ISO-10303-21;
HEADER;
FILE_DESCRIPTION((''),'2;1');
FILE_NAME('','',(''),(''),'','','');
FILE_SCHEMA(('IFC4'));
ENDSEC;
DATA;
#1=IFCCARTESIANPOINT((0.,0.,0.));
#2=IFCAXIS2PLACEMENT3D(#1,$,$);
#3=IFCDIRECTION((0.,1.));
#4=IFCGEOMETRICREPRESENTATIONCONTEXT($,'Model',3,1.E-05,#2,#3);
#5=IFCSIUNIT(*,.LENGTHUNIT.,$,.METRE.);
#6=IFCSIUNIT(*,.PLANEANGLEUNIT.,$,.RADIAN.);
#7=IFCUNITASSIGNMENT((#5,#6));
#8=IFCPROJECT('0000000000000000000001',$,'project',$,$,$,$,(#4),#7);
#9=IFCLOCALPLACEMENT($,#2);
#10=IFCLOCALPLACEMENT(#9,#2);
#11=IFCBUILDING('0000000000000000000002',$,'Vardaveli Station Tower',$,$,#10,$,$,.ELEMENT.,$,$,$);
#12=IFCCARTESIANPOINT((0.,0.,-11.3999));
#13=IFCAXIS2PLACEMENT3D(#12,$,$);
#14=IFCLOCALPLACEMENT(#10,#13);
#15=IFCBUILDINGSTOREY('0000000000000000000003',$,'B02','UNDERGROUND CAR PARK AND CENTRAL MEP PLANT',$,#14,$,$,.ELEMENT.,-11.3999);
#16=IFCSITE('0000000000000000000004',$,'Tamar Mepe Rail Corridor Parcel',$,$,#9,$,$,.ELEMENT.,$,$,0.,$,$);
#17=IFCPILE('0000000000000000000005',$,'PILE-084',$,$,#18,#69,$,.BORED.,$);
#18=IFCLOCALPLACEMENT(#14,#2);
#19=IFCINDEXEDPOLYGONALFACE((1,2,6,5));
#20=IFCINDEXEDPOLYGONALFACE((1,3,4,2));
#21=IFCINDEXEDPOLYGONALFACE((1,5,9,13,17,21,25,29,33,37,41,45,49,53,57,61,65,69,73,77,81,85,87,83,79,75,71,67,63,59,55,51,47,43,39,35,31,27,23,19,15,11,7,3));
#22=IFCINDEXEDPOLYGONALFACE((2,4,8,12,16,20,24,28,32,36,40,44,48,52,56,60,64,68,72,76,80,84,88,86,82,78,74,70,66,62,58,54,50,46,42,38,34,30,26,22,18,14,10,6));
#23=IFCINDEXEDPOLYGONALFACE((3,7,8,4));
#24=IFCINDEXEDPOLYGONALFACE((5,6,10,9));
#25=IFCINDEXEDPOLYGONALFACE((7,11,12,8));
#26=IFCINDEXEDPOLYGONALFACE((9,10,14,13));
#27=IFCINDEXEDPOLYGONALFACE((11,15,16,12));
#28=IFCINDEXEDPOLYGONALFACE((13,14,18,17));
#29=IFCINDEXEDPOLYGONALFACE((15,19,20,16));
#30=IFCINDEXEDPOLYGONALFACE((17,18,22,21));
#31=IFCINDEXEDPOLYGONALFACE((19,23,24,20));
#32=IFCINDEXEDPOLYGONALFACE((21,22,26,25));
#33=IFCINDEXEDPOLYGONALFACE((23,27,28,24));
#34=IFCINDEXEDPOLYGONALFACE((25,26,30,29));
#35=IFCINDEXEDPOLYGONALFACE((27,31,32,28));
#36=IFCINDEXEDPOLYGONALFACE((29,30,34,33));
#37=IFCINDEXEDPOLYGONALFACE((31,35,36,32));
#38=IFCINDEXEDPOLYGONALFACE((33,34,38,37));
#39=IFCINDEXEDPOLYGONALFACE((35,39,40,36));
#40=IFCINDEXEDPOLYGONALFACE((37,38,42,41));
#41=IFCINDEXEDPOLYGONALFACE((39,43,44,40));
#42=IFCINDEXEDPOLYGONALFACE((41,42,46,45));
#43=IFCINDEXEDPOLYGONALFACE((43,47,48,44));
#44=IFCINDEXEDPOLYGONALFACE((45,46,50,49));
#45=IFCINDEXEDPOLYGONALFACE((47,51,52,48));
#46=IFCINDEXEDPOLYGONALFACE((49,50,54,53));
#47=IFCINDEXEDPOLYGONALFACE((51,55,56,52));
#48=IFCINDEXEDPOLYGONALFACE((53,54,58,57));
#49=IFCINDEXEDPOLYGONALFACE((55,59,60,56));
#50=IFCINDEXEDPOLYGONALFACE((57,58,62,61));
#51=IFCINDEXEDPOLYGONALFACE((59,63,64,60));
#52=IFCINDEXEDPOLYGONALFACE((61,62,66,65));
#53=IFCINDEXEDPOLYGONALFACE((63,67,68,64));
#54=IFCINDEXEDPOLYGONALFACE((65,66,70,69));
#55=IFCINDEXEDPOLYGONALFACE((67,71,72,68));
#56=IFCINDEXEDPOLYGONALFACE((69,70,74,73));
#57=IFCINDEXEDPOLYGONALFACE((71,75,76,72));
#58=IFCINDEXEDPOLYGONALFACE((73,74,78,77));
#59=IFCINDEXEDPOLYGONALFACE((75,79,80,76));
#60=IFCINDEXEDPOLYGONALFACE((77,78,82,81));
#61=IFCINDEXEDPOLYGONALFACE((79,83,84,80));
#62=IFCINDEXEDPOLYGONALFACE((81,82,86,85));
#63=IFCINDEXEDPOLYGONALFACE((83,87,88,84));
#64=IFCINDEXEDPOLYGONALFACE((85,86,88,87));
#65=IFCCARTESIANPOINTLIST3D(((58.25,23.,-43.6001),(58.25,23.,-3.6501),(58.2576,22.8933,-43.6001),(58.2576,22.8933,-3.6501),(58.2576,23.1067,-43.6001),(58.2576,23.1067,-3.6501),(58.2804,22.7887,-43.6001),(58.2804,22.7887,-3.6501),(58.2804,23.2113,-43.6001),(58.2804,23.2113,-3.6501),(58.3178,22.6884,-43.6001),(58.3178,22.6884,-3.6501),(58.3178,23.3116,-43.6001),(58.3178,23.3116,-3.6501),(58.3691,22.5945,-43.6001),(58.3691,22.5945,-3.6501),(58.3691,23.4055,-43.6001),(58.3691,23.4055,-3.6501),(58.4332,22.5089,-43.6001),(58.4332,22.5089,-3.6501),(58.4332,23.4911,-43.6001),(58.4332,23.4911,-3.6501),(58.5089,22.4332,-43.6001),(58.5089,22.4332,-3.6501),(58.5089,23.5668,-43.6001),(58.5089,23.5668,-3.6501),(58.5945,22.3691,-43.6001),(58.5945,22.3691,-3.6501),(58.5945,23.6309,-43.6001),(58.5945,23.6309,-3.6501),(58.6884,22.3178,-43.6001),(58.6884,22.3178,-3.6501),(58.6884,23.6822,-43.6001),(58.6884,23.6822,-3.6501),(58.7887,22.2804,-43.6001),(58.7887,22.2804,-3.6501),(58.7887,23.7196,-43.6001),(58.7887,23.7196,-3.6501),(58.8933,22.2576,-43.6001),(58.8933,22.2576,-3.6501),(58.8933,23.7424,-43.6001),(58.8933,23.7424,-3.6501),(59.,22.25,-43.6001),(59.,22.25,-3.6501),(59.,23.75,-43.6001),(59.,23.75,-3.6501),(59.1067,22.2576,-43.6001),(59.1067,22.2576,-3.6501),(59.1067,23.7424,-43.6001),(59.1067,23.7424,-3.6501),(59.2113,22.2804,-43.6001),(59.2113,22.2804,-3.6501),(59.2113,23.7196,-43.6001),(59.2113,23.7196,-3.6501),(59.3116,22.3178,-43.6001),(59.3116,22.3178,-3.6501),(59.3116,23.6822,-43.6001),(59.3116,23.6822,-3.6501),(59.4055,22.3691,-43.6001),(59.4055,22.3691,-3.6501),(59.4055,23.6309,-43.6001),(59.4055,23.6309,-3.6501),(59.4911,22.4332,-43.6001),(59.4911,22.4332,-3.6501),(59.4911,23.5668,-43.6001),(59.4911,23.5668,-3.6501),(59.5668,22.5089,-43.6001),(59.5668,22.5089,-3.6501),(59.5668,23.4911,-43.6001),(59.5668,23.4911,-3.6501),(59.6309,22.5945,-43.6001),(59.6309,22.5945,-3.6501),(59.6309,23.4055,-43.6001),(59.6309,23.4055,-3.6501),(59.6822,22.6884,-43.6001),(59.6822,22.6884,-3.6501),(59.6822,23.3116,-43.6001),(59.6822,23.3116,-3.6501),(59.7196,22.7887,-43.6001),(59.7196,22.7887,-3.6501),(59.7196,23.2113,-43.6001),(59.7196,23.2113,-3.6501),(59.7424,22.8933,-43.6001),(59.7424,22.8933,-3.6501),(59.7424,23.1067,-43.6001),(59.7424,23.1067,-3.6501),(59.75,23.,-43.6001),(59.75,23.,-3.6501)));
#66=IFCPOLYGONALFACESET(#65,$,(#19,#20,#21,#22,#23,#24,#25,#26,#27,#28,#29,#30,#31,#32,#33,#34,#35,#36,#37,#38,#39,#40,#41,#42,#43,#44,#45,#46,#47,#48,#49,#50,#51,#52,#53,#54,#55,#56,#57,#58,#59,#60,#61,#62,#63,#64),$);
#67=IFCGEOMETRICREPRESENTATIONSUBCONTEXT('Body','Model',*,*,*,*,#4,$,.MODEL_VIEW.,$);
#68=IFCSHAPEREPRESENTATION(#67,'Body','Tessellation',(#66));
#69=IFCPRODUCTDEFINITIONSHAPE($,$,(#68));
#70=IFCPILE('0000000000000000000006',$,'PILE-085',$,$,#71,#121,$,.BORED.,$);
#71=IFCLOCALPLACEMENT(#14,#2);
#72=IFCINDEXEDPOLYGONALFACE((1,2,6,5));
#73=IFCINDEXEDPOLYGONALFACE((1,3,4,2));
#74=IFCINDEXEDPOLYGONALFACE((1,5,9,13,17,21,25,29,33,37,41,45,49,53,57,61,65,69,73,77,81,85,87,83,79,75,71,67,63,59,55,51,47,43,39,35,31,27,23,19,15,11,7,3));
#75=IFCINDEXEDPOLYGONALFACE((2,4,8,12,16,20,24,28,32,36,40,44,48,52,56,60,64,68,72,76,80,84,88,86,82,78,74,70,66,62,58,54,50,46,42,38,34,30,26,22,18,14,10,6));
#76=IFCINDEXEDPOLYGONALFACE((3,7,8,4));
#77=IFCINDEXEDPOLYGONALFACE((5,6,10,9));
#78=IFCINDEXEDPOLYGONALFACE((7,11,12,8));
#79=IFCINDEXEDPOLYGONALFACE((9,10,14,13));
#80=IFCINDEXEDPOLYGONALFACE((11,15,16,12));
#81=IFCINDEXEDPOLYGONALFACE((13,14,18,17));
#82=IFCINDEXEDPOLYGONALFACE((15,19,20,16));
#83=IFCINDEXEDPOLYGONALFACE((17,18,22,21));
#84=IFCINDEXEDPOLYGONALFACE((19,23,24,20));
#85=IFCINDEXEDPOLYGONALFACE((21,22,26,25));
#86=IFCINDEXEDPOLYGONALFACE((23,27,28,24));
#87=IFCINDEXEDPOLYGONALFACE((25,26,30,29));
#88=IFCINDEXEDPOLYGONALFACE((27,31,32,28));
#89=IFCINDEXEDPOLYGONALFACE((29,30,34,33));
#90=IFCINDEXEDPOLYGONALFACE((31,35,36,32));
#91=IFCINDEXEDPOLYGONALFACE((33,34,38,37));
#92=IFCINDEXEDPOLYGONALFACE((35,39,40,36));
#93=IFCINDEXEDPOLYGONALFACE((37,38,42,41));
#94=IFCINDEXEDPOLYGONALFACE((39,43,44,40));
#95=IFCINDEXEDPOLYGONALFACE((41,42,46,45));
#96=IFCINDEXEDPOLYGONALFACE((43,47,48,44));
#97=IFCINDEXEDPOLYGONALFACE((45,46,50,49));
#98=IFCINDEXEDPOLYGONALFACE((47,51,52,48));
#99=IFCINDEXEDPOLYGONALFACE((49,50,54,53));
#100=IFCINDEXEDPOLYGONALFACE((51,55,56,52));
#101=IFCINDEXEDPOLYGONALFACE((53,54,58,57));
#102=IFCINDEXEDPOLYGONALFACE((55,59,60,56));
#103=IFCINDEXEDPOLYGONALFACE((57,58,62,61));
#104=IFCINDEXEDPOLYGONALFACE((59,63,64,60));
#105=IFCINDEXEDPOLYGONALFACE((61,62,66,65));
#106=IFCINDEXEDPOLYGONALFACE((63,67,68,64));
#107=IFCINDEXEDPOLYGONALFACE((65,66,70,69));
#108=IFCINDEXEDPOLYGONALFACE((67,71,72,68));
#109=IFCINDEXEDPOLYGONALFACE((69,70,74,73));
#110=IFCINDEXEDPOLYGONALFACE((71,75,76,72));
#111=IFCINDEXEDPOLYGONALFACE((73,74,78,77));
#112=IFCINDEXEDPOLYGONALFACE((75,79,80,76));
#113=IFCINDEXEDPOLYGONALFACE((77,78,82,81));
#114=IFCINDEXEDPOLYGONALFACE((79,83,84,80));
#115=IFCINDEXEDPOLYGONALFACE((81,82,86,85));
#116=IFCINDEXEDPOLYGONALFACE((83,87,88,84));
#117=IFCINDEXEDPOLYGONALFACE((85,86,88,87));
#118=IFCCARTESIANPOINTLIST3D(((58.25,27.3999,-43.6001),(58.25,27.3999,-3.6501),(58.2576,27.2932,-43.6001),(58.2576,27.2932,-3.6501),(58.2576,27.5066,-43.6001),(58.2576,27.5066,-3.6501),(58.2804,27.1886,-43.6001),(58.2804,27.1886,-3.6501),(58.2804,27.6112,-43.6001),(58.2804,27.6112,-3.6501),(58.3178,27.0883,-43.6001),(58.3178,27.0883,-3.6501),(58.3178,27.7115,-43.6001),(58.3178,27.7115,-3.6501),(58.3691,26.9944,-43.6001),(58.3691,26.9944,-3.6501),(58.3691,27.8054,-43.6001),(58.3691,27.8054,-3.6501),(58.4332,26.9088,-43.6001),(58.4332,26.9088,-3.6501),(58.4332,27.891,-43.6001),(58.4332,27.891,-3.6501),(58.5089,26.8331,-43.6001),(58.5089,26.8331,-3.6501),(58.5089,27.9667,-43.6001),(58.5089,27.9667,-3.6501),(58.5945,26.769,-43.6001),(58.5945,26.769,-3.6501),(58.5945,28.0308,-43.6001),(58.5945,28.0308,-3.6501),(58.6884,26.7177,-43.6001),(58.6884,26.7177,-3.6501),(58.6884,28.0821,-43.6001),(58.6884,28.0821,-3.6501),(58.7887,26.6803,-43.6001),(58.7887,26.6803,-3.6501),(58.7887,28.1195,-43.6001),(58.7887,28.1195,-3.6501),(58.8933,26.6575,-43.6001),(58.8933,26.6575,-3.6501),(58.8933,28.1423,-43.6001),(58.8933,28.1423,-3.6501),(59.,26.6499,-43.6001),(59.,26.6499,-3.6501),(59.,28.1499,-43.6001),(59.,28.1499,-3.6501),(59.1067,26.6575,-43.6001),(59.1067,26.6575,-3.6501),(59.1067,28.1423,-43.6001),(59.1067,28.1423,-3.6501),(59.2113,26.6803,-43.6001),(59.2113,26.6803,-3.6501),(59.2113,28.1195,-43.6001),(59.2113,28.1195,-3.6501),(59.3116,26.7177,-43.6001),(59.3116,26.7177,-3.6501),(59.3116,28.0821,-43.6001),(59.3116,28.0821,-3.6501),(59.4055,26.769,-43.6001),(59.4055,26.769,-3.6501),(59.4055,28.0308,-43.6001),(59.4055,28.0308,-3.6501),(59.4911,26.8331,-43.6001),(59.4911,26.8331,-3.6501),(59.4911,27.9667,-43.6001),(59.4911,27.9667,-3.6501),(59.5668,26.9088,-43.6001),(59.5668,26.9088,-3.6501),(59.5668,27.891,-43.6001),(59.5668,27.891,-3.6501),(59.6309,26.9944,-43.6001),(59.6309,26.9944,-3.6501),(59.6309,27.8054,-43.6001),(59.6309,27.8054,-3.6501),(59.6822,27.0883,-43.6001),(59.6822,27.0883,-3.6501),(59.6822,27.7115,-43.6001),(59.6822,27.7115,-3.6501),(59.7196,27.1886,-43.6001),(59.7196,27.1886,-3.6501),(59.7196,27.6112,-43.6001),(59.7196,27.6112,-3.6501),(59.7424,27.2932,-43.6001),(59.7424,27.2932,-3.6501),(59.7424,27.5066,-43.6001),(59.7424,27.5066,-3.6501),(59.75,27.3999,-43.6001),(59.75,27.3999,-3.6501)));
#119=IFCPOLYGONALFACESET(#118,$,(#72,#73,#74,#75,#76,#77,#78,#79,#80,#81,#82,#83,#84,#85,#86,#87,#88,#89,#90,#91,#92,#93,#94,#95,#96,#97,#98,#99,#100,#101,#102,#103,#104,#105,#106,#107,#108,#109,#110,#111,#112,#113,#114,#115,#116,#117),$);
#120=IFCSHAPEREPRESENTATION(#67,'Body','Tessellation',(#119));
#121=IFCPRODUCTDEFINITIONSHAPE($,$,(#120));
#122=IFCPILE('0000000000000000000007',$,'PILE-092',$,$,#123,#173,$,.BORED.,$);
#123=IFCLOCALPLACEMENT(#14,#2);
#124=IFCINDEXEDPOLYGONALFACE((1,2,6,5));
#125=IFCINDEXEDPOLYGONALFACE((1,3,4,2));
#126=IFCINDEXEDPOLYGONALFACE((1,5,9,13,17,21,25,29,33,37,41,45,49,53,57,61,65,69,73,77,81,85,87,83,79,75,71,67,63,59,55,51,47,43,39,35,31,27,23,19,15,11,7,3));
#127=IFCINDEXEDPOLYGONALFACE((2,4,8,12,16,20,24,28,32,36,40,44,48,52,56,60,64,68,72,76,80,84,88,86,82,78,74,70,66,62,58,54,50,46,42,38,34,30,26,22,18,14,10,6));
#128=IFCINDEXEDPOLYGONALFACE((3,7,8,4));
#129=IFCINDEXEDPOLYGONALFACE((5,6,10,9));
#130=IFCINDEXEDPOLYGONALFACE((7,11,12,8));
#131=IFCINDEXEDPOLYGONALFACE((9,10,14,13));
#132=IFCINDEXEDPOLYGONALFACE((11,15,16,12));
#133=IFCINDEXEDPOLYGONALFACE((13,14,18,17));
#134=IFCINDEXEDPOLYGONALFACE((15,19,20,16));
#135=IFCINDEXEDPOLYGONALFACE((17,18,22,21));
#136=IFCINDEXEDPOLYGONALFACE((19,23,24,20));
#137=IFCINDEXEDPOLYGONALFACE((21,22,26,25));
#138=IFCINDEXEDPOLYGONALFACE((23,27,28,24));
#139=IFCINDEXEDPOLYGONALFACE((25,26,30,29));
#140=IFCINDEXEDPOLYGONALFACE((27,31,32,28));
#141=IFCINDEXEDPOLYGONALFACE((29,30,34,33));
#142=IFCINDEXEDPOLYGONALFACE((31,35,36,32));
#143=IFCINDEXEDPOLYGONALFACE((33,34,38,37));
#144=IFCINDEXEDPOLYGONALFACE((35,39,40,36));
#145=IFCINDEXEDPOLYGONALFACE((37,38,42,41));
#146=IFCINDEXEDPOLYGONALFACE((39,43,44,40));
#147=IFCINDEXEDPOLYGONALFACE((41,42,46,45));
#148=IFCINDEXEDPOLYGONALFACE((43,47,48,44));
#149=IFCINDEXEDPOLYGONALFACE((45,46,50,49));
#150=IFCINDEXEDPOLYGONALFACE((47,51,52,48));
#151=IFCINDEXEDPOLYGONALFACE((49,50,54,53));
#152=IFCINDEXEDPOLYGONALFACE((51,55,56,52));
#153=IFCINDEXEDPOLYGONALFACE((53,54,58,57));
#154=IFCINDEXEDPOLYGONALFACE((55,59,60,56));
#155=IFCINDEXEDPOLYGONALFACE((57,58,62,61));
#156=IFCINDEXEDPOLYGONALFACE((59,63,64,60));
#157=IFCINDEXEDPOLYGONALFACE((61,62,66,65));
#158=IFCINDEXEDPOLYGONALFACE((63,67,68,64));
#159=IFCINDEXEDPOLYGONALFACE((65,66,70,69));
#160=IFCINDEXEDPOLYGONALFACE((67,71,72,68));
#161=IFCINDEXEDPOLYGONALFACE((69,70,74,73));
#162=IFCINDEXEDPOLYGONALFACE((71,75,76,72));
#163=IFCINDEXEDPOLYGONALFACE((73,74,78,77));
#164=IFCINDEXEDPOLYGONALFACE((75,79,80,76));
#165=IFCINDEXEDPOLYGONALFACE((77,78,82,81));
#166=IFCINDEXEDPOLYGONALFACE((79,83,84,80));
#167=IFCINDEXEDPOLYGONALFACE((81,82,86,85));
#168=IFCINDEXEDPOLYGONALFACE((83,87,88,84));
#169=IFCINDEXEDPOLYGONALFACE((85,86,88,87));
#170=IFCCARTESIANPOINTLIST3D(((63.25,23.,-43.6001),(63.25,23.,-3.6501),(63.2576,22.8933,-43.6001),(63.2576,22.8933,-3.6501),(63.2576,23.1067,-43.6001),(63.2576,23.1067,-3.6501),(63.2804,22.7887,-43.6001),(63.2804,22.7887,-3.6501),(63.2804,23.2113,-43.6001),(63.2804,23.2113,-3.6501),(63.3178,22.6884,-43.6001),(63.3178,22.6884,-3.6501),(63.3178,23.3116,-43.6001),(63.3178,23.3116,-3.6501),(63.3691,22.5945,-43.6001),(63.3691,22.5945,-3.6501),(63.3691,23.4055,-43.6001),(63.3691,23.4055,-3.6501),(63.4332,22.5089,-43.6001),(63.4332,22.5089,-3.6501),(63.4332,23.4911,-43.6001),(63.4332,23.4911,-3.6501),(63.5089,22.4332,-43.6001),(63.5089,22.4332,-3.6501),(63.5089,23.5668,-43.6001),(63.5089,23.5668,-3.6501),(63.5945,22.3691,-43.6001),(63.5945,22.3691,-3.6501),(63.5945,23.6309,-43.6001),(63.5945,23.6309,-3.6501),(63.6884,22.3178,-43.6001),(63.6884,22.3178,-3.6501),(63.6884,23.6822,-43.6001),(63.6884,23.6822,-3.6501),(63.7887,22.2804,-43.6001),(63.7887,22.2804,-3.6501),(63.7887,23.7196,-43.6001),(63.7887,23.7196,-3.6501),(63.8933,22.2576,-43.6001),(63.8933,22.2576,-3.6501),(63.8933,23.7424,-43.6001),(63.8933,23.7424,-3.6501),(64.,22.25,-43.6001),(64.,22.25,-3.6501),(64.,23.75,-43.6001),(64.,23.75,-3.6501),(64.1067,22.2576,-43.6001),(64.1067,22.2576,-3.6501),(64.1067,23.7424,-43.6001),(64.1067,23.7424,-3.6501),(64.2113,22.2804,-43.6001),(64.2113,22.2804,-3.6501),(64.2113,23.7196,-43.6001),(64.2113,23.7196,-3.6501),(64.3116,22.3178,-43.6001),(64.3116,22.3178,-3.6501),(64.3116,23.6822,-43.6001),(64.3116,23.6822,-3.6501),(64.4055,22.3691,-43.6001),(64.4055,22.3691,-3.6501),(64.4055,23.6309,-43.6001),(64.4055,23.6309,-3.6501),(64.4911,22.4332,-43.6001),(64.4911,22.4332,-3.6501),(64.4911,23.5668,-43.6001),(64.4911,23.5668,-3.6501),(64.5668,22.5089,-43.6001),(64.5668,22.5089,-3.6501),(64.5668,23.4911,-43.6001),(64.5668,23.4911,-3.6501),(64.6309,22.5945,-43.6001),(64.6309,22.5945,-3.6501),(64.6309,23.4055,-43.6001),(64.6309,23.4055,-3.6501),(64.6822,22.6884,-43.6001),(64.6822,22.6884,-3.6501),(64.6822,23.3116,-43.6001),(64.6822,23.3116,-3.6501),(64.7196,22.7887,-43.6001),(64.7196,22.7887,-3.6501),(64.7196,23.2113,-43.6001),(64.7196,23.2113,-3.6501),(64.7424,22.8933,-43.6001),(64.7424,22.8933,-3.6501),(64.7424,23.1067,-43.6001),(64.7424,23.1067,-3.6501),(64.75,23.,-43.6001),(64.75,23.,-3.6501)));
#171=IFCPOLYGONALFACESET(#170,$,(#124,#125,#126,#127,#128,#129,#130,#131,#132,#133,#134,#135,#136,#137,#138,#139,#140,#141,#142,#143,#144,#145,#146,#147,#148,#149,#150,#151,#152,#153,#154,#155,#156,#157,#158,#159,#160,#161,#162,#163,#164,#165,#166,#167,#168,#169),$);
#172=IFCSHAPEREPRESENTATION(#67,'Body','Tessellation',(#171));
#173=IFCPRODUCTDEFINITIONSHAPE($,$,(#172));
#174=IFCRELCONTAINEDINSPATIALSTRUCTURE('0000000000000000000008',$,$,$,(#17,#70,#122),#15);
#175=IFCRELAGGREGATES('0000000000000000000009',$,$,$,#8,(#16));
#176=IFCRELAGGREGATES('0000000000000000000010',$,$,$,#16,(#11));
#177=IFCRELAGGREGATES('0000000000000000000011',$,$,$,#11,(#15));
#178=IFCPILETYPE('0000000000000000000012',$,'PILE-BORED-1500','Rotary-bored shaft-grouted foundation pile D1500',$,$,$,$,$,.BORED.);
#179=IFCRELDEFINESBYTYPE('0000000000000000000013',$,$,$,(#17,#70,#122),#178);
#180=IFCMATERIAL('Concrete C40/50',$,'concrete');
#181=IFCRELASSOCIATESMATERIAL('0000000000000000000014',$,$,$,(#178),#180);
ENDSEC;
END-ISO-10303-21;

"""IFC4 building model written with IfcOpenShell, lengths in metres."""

from ifc_helpers import new_model, si_unit, direction, frame, origin, origin_2d, place, context, subcontext, project, spatial, circle, extrude, source, transform, mapped, material, material_profile, profile_set, type_object, element, save


model = new_model("IFC4")

# Units and contexts
model_context = context("Model", 3, precision=1e-05, world=origin(), true_north=direction((0.0, 1.0)))
body_context = subcontext(model_context, "Body", "Model", "MODEL_VIEW")
ifc_project = project(units=[si_unit("LENGTHUNIT", "METRE"), si_unit("PLANEANGLEUNIT", "RADIAN")], contexts=[model_context])

# Site, building, storey
site_placement = place(None, origin())
site = spatial("IfcSite", under=ifc_project, at=site_placement, Name="Tamar Mepe Rail Corridor Parcel", CompositionType="ELEMENT", RefElevation=0.0)
building_placement = place(site_placement, origin())
building = spatial("IfcBuilding", under=site, at=building_placement, Name="Vardaveli Station Tower", CompositionType="ELEMENT")
storey_placement = place(building_placement, frame((0.0, 0.0, -11.3999)))
storey = spatial("IfcBuildingStorey", under=building, at=storey_placement, Name="B02", Description="UNDERGROUND CAR PARK AND CENTRAL MEP PLANT", CompositionType="ELEMENT", Elevation=-11.3999)

# Piles
ifc_material_1 = material(Name="Concrete C40/50", Category="concrete")
ifc_material_profile_1 = material_profile(ifc_material_1, circle(Radius=0.75, at=origin_2d()), Name="PILE D1500")
ifc_profile_set_1 = profile_set([ifc_material_profile_1], Name="Concrete C40/50")
pile_type_1 = type_object("IfcPileType", Name="PILE-BORED-1500", Description="Rotary-bored shaft-grouted foundation pile D1500", PredefinedType="BORED", material=ifc_profile_set_1)
shared_shape_1 = source(origin(), body_context, "Body", "SweptSolid", [
    extrude(circle(Radius=0.75, at=origin_2d()), origin(), (0.0, 0.0, 1.0), 39.95),
])
for number, where, z_axis, x_axis, name in (
    (1, (59.0, 23.0, -3.6501), (0.0, 0.0, -1.0), (1.0, 0.0, 0.0), "PILE-084"),
    (2, (59.0, 27.3999, -3.6501), (0.0, 0.0, -1.0), (1.0, 0.0, 0.0), "PILE-085"),
    (3, (64.0, 23.0, -3.6501), (0.0, 0.0, -1.0), (1.0, 0.0, 0.0), "PILE-092"),
):
    element("IfcPile", number, at=place(storey_placement, frame(where, z_axis=z_axis, x_axis=x_axis)), inside=storey, type_object=pile_type_1, Name=name, PredefinedType="BORED", context=body_context, shape_type="MappedRepresentation", body=[
        mapped(shared_shape_1, transform((0.0, 0.0, 0.0), scale=1.0)),
    ])

save(model, "model.ifc")
